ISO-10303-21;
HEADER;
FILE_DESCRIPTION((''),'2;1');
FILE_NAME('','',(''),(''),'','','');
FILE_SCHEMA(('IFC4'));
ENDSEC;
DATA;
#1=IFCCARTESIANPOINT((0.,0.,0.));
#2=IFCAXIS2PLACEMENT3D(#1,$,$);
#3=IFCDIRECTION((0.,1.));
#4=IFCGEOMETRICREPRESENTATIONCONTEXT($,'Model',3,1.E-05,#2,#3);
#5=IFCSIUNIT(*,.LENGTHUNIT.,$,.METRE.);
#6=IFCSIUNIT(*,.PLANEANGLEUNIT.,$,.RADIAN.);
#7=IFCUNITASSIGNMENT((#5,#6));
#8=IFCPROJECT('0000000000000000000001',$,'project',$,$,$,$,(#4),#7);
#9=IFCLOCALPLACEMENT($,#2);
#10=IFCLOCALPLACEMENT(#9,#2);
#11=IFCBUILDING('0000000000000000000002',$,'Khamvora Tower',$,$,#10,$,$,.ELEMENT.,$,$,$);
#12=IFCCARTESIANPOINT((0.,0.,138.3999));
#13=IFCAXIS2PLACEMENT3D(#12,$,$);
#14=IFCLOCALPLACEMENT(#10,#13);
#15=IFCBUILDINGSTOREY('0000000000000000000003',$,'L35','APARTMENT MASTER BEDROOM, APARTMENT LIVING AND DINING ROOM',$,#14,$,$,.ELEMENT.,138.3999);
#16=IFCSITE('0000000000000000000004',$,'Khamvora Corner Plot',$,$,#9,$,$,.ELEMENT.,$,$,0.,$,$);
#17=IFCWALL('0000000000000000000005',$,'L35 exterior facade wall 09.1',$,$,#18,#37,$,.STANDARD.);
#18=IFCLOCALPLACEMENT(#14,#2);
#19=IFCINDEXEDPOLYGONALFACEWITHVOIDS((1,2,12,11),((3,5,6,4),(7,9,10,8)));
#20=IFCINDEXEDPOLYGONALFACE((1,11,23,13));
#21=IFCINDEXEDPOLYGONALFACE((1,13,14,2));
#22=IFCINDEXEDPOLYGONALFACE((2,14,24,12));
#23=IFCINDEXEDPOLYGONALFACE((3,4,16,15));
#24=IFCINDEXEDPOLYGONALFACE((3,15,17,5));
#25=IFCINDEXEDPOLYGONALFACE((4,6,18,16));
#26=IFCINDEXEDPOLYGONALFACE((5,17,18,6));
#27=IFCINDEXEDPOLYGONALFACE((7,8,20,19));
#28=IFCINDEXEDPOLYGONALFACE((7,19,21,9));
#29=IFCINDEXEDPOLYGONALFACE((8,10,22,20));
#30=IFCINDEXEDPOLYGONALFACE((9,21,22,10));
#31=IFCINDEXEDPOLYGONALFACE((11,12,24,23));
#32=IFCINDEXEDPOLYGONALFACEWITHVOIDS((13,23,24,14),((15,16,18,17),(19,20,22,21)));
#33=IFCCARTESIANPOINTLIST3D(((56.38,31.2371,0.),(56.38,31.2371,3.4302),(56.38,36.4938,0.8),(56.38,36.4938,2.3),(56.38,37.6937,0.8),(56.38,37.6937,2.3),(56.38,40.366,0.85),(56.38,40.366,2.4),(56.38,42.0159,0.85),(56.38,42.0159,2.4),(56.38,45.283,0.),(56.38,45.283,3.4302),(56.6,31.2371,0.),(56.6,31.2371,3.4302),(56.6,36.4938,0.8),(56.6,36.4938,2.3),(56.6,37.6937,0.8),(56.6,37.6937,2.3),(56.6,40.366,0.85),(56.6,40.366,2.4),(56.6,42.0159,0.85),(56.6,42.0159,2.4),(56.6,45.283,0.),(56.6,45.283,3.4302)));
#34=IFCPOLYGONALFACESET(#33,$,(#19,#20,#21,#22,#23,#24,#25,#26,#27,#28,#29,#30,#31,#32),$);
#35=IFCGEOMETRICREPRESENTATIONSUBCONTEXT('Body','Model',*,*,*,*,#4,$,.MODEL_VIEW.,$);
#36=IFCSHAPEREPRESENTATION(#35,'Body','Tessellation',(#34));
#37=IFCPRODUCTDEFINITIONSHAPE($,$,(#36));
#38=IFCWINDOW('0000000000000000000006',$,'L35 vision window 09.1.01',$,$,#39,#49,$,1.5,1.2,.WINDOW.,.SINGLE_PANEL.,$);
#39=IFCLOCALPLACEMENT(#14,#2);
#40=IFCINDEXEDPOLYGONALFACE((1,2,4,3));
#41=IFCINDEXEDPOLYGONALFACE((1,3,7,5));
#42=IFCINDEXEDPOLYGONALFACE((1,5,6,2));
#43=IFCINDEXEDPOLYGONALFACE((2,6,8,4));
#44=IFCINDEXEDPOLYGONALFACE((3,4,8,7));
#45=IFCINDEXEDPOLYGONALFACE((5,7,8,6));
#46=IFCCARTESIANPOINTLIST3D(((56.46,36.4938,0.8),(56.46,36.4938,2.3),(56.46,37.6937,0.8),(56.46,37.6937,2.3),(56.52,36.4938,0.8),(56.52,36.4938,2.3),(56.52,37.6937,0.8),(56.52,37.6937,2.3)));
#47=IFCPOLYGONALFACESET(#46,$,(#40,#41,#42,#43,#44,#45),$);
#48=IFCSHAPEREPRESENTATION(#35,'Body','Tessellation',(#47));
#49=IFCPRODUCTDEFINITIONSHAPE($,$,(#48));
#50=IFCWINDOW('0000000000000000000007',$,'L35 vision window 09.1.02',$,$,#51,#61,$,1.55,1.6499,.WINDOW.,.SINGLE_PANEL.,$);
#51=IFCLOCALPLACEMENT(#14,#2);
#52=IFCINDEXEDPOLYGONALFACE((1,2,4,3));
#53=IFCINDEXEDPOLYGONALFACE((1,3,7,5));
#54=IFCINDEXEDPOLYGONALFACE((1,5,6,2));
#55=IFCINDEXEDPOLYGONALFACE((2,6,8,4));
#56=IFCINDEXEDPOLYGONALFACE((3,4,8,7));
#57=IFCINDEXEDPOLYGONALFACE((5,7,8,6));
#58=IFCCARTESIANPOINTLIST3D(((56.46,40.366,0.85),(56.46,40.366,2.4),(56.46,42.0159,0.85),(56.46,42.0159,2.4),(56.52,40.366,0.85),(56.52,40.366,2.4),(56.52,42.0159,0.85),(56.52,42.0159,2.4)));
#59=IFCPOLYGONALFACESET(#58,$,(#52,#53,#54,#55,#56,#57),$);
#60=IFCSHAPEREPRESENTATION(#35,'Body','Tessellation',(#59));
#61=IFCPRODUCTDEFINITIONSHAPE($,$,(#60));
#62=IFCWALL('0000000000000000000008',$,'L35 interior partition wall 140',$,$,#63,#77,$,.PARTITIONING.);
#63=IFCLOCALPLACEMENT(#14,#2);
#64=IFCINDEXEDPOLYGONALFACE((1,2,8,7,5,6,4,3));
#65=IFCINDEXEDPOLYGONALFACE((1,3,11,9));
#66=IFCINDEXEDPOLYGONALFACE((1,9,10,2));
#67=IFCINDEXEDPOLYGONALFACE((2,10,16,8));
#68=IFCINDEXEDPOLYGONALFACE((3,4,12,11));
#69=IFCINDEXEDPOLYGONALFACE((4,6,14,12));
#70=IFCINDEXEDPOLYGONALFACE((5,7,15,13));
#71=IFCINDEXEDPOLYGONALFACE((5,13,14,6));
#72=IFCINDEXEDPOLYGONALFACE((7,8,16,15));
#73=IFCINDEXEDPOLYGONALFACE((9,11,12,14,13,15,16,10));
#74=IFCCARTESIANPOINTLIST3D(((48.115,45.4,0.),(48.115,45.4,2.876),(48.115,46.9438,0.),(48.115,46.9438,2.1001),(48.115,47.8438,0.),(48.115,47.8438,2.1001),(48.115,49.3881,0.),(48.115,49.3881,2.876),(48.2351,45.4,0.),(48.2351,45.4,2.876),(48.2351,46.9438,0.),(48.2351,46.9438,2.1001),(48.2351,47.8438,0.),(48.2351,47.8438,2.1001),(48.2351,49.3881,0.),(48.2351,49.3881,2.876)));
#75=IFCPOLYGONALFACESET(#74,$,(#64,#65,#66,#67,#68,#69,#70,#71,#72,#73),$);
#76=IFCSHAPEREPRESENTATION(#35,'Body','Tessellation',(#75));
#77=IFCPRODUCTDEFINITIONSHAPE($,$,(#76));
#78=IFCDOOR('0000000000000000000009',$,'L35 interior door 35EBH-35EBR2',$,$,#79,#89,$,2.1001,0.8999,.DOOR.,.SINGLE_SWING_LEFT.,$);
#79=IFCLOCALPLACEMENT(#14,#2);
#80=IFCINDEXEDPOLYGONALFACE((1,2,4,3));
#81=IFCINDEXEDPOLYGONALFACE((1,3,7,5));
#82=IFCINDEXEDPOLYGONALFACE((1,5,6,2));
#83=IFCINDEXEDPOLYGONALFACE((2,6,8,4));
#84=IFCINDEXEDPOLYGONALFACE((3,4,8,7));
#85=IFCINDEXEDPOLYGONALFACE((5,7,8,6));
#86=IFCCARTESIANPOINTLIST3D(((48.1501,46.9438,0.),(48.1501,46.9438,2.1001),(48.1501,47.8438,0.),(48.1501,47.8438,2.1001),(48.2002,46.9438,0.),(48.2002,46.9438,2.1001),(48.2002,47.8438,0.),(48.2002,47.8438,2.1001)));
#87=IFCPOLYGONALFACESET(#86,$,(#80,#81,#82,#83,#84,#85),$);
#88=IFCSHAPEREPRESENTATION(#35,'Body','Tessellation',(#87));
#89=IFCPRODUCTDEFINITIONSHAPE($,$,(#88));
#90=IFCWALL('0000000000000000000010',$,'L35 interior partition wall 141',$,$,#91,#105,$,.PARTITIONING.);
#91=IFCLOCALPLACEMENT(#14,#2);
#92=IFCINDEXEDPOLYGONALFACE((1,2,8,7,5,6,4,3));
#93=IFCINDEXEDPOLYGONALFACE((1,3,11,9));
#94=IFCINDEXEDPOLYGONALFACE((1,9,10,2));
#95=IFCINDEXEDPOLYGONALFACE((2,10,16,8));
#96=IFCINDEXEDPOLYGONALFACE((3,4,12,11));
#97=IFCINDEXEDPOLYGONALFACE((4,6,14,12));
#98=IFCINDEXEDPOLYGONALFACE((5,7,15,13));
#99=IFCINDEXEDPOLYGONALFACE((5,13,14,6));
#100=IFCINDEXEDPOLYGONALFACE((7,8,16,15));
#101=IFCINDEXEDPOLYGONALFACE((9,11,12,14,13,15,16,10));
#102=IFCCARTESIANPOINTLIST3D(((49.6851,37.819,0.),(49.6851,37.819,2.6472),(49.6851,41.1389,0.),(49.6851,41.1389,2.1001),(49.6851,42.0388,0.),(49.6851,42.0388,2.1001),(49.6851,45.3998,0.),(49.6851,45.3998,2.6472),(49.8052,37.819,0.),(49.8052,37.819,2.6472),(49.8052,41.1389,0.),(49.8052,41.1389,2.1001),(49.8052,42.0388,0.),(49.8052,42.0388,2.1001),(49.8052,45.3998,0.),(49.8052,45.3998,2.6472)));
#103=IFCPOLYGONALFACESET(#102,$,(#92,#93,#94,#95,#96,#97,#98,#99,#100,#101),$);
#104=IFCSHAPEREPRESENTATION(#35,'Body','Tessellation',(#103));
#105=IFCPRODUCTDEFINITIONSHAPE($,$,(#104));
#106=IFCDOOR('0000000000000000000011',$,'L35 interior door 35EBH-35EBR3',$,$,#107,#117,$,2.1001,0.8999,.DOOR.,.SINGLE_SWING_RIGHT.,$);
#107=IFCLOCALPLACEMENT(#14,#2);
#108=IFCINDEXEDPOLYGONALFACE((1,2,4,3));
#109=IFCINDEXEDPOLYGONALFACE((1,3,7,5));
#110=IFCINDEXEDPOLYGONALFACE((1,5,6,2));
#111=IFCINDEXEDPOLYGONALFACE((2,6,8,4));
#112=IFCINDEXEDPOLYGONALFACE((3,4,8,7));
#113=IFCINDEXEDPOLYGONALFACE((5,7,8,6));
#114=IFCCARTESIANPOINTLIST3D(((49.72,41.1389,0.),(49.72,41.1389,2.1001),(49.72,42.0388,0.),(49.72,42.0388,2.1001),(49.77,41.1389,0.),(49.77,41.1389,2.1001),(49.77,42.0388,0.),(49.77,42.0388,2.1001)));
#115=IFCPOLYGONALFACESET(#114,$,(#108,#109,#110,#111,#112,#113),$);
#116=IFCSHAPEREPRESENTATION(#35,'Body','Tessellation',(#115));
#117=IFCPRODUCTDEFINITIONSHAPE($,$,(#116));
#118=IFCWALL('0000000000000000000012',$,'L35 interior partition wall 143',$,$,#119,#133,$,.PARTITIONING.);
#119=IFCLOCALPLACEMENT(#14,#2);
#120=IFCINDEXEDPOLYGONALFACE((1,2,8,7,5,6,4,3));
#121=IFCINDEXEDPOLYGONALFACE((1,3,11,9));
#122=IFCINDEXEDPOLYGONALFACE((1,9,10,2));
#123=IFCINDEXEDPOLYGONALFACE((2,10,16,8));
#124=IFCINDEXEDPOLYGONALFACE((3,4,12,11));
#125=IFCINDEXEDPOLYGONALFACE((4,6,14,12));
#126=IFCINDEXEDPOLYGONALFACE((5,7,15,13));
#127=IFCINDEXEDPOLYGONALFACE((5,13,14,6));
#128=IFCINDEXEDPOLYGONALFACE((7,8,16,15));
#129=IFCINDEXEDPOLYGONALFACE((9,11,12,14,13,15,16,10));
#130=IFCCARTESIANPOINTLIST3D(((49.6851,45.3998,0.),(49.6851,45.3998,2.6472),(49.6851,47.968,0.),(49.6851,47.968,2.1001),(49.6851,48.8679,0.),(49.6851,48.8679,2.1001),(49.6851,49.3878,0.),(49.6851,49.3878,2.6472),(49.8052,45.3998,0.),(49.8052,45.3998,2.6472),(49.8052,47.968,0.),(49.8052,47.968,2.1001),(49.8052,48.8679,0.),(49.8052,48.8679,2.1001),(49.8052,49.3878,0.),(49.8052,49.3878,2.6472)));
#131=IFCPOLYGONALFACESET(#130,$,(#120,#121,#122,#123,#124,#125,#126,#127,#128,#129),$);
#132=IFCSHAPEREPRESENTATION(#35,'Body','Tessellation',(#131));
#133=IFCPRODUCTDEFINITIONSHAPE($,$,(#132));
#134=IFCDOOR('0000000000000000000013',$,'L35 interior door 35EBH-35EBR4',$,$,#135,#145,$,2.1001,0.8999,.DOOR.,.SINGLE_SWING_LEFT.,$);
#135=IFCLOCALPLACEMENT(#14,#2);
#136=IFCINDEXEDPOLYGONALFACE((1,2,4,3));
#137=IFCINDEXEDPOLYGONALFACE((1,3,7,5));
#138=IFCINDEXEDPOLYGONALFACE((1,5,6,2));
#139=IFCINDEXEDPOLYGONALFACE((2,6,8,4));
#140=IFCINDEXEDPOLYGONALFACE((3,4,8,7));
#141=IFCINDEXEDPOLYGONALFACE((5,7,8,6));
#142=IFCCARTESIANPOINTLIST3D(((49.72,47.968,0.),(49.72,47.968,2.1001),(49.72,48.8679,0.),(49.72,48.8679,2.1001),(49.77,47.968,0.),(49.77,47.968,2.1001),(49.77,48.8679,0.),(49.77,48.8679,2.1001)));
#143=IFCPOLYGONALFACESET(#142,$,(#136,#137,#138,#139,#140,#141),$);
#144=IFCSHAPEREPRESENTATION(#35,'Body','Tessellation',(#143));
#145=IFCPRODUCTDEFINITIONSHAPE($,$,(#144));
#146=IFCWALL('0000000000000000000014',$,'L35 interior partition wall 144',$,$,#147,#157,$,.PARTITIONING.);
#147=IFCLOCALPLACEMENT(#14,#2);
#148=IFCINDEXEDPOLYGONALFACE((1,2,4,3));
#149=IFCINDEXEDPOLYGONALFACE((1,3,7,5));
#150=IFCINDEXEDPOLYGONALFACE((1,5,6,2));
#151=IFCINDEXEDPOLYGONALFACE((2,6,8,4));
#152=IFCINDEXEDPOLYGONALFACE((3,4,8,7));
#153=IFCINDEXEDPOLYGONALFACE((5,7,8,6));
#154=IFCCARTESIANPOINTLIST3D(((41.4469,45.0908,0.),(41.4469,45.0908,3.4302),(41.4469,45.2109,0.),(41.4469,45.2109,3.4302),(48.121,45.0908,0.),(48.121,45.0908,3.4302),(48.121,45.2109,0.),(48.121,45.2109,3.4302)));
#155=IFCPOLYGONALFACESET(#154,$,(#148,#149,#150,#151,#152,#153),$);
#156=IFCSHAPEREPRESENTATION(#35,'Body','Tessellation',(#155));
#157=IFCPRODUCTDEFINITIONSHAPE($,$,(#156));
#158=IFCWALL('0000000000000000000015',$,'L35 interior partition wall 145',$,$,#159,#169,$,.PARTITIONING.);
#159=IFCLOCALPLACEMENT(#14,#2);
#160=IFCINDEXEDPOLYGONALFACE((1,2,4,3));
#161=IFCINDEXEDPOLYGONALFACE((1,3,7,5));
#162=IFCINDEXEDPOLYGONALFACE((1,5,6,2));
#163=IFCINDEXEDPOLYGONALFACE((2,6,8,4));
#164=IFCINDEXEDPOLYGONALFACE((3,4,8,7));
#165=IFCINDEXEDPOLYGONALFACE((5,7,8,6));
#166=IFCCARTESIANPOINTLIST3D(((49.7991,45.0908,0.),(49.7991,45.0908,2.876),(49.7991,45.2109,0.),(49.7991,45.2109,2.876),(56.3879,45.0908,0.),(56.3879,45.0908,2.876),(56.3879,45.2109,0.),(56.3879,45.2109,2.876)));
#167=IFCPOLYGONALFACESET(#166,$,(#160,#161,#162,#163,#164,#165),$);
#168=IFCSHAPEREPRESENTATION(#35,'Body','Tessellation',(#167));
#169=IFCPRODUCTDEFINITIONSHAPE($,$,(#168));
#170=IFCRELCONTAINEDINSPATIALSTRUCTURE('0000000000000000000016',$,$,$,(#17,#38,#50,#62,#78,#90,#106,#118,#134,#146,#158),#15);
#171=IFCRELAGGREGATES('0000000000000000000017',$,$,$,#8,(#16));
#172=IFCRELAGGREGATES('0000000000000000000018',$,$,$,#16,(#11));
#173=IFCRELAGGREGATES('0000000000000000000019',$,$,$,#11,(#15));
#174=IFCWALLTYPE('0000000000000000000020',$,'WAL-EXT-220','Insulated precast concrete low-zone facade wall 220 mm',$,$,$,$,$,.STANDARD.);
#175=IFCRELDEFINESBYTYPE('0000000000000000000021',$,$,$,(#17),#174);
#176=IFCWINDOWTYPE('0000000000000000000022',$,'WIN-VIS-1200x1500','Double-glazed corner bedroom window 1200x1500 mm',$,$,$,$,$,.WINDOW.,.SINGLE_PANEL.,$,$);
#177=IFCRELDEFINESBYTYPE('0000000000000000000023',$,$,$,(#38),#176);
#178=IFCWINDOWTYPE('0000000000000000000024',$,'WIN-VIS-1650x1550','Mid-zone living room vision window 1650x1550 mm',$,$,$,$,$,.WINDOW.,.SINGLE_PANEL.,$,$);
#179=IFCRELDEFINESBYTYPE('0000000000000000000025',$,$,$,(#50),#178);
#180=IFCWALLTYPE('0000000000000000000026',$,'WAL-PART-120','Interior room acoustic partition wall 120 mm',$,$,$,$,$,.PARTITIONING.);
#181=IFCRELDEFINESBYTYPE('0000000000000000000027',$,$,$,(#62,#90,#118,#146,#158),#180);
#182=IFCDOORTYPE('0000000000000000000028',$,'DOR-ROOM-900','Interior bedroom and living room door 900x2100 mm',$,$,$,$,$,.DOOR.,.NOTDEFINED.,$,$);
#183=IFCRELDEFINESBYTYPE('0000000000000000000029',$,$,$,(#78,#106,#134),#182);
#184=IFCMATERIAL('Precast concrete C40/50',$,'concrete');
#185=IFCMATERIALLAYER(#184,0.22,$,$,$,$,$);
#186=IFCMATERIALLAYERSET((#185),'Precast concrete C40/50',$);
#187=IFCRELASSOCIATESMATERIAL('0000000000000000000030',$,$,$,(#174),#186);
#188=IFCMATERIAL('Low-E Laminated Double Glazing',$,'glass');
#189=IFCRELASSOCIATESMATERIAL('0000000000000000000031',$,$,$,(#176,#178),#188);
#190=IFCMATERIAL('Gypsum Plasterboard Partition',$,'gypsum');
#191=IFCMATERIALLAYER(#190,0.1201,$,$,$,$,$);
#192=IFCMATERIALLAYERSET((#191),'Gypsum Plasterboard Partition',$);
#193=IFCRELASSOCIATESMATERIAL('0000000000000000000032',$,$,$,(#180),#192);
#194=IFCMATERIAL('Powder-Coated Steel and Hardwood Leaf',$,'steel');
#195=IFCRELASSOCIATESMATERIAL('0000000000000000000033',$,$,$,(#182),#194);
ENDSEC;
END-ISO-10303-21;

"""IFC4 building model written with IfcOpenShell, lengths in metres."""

from ifc_helpers import new_model, si_unit, direction, frame, frame_2d, origin, place, context, subcontext, project, spatial, rectangle, extrude, material, layer, layer_set, type_object, element, fill, save


model = new_model("IFC4")

# Units and contexts
model_context = context("Model", 3, precision=1e-05, world=origin(), true_north=direction((0.0, 1.0)))
body_context = subcontext(model_context, "Body", "Model", "MODEL_VIEW")
ifc_project = project(units=[si_unit("LENGTHUNIT", "METRE"), si_unit("PLANEANGLEUNIT", "RADIAN")], contexts=[model_context])

# Site, building, storey
site_placement = place(None, origin())
site = spatial("IfcSite", under=ifc_project, at=site_placement, Name="Khamvora Corner Plot", CompositionType="ELEMENT", RefElevation=0.0)
building_placement = place(site_placement, origin())
building = spatial("IfcBuilding", under=site, at=building_placement, Name="Khamvora Tower", CompositionType="ELEMENT")
storey_placement = place(building_placement, frame((0.0, 0.0, 138.3999)))
storey = spatial("IfcBuildingStorey", under=building, at=storey_placement, Name="L35", Description="APARTMENT MASTER BEDROOM, APARTMENT LIVING AND DINING ROOM", CompositionType="ELEMENT", Elevation=138.3999)

# Shared definitions
ifc_material_1 = material(Name="Precast concrete C40/50", Category="concrete")
ifc_layer_1 = layer(ifc_material_1, 0.22)
ifc_layer_set_1 = layer_set([ifc_layer_1], Name="Precast concrete C40/50")
wall_type_1 = type_object("IfcWallType", Name="WAL-EXT-220", Description="Insulated precast concrete low-zone facade wall 220 mm", PredefinedType="STANDARD", material=ifc_layer_set_1)

# Wall, openings, windows
wall_1_placement = place(storey_placement, frame((56.49, 45.283, 0.0), z_axis=(0.0, 0.0, 1.0), x_axis=(0.0, -1.0, 0.0)))
wall_1 = element("IfcWall", 1, at=wall_1_placement, inside=storey, type_object=wall_type_1, Name="L35 exterior facade wall 09.1", PredefinedType="STANDARD", context=body_context, shape_type="SweptSolid", body=[
    extrude(rectangle(XDim=14.0459, YDim=0.22, at=frame_2d((7.0229, 0.0))), origin(), (0.0, 0.0, 1.0), 3.4302),
])
opening_1_placement = place(wall_1_placement, frame((7.5891, 0.0, 0.8)))
opening_1 = element("IfcOpeningElement", 2, at=opening_1_placement, cuts=wall_1, PredefinedType="OPENING", context=body_context, shape_type="SweptSolid", body=[
    extrude(rectangle(XDim=1.2, YDim=1.5, at=frame_2d((0.6001, 0.75))), frame((0.0, 0.1199, 0.0), z_axis=(0.0, -1.0, 0.0), x_axis=(1.0, 0.0, 0.0)), (0.0, 0.0, 1.0), 0.24),
])
opening_2_placement = place(wall_1_placement, frame((3.2671, 0.0, 0.8501)))
opening_2 = element("IfcOpeningElement", 3, at=opening_2_placement, cuts=wall_1, PredefinedType="OPENING", context=body_context, shape_type="SweptSolid", body=[
    extrude(rectangle(XDim=1.6499, YDim=1.55, at=frame_2d((0.825, 0.7749))), frame((0.0, 0.1199, 0.0), z_axis=(0.0, -1.0, 0.0), x_axis=(1.0, 0.0, 0.0)), (0.0, 0.0, 1.0), 0.24),
])
ifc_material_2 = material(Name="Low-E Laminated Double Glazing", Category="glass")
window_type_1 = type_object("IfcWindowType", Name="WIN-VIS-1200x1500", Description="Double-glazed corner bedroom window 1200x1500 mm", PartitioningType="SINGLE_PANEL", PredefinedType="WINDOW", material=ifc_material_2)
window_1_placement = place(opening_1_placement, origin())
window_1 = element("IfcWindow", 4, at=window_1_placement, inside=storey, type_object=window_type_1, Name="L35 vision window 09.1.01", OverallHeight=1.5, OverallWidth=1.2, PartitioningType="SINGLE_PANEL", PredefinedType="WINDOW", context=body_context, shape_type="SweptSolid", body=[
    extrude(rectangle(XDim=1.2, YDim=1.5, at=frame_2d((0.6001, 0.75))), frame((0.0, 0.03, 0.0), z_axis=(0.0, -1.0, 0.0), x_axis=(1.0, 0.0, 0.0)), (0.0, 0.0, 1.0), 0.0601),
])
fill(opening_1, window_1)
window_type_2 = type_object("IfcWindowType", Name="WIN-VIS-1650x1550", Description="Mid-zone living room vision window 1650x1550 mm", PartitioningType="SINGLE_PANEL", PredefinedType="WINDOW", material=ifc_material_2)
window_2_placement = place(opening_2_placement, origin())
window_2 = element("IfcWindow", 5, at=window_2_placement, inside=storey, type_object=window_type_2, Name="L35 vision window 09.1.02", OverallHeight=1.55, OverallWidth=1.6499, PartitioningType="SINGLE_PANEL", PredefinedType="WINDOW", context=body_context, shape_type="SweptSolid", body=[
    extrude(rectangle(XDim=1.6499, YDim=1.55, at=frame_2d((0.825, 0.7749))), frame((0.0, 0.03, 0.0), z_axis=(0.0, -1.0, 0.0), x_axis=(1.0, 0.0, 0.0)), (0.0, 0.0, 1.0), 0.0601),
])
fill(opening_2, window_2)

# Walls, openings, doors
ifc_material_3 = material(Name="Gypsum Plasterboard Partition", Category="gypsum")
ifc_layer_2 = layer(ifc_material_3, 0.1201)
ifc_layer_set_2 = layer_set([ifc_layer_2], Name="Gypsum Plasterboard Partition")
wall_type_2 = type_object("IfcWallType", Name="WAL-PART-120", Description="Interior room acoustic partition wall 120 mm", PredefinedType="PARTITIONING", material=ifc_layer_set_2)
wall_2_placement = place(storey_placement, frame((48.175, 45.3999, 0.0), z_axis=(0.0, 0.0, 1.0), x_axis=(0.0, 1.0, 0.0)))
wall_2 = element("IfcWall", 6, at=wall_2_placement, inside=storey, type_object=wall_type_2, Name="L35 interior partition wall 140", PredefinedType="PARTITIONING", context=body_context, shape_type="SweptSolid", body=[
    extrude(rectangle(XDim=3.988, YDim=0.1201, at=frame_2d((1.9941, 0.0))), origin(), (0.0, 0.0, 1.0), 2.876),
])
opening_3_placement = place(wall_2_placement, frame((1.5439, 0.0, 0.0)))
opening_3 = element("IfcOpeningElement", 7, at=opening_3_placement, cuts=wall_2, PredefinedType="OPENING", context=body_context, shape_type="SweptSolid", body=[
    extrude(rectangle(XDim=0.8999, YDim=2.1001, at=frame_2d((0.45, 1.05))), frame((0.0, 0.0701, 0.0), z_axis=(0.0, -1.0, 0.0), x_axis=(1.0, 0.0, 0.0)), (0.0, 0.0, 1.0), 0.1401),
])
ifc_material_4 = material(Name="Powder-Coated Steel and Hardwood Leaf", Category="steel")
door_type_1 = type_object("IfcDoorType", Name="DOR-ROOM-900", Description="Interior bedroom and living room door 900x2100 mm", OperationType="NOTDEFINED", PredefinedType="DOOR", material=ifc_material_4)
door_1_placement = place(opening_3_placement, origin())
door_1 = element("IfcDoor", 8, at=door_1_placement, inside=storey, type_object=door_type_1, Name="L35 interior door 35EBH-35EBR2", OperationType="SINGLE_SWING_LEFT", OverallHeight=2.1001, OverallWidth=0.8999, PredefinedType="DOOR", context=body_context, shape_type="SweptSolid", body=[
    extrude(rectangle(XDim=0.8999, YDim=2.1001, at=frame_2d((0.45, 1.05))), frame((0.0, 0.0249, 0.0), z_axis=(0.0, -1.0, 0.0), x_axis=(1.0, 0.0, 0.0)), (0.0, 0.0, 1.0), 0.05),
])
fill(opening_3, door_1)
wall_3_placement = place(storey_placement, frame((49.7451, 45.3999, 0.0), z_axis=(0.0, 0.0, 1.0), x_axis=(0.0, -1.0, 0.0)))
wall_3 = element("IfcWall", 9, at=wall_3_placement, inside=storey, type_object=wall_type_2, Name="L35 interior partition wall 141", PredefinedType="PARTITIONING", context=body_context, shape_type="SweptSolid", body=[
    extrude(rectangle(XDim=7.5808, YDim=0.1201, at=frame_2d((3.7905, 0.0))), origin(), (0.0, 0.0, 1.0), 2.6472),
])
opening_4_placement = place(wall_3_placement, frame((3.3611, 0.0, 0.0)))
opening_4 = element("IfcOpeningElement", 10, at=opening_4_placement, cuts=wall_3, PredefinedType="OPENING", context=body_context, shape_type="SweptSolid", body=[
    extrude(rectangle(XDim=0.8999, YDim=2.1001, at=frame_2d((0.45, 1.05))), frame((0.0, 0.0701, 0.0), z_axis=(0.0, -1.0, 0.0), x_axis=(1.0, 0.0, 0.0)), (0.0, 0.0, 1.0), 0.1401),
])
door_2_placement = place(opening_4_placement, origin())
door_2 = element("IfcDoor", 11, at=door_2_placement, inside=storey, type_object=door_type_1, Name="L35 interior door 35EBH-35EBR3", OperationType="SINGLE_SWING_RIGHT", OverallHeight=2.1001, OverallWidth=0.8999, PredefinedType="DOOR", context=body_context, shape_type="SweptSolid", body=[
    extrude(rectangle(XDim=0.8999, YDim=2.1001, at=frame_2d((0.45, 1.05))), frame((0.0, 0.0249, 0.0), z_axis=(0.0, -1.0, 0.0), x_axis=(1.0, 0.0, 0.0)), (0.0, 0.0, 1.0), 0.05),
])
fill(opening_4, door_2)
wall_4_placement = place(storey_placement, frame((49.7451, 49.3879, 0.0), z_axis=(0.0, 0.0, 1.0), x_axis=(0.0, -1.0, 0.0)))
wall_4 = element("IfcWall", 12, at=wall_4_placement, inside=storey, type_object=wall_type_2, Name="L35 interior partition wall 143", PredefinedType="PARTITIONING", context=body_context, shape_type="SweptSolid", body=[
    extrude(rectangle(XDim=3.988, YDim=0.1201, at=frame_2d((1.9941, 0.0))), origin(), (0.0, 0.0, 1.0), 2.6472),
])
opening_5_placement = place(wall_4_placement, frame((0.52, 0.0, 0.0)))
opening_5 = element("IfcOpeningElement", 13, at=opening_5_placement, cuts=wall_4, PredefinedType="OPENING", context=body_context, shape_type="SweptSolid", body=[
    extrude(rectangle(XDim=0.8999, YDim=2.1001, at=frame_2d((0.45, 1.05))), frame((0.0, 0.0701, 0.0), z_axis=(0.0, -1.0, 0.0), x_axis=(1.0, 0.0, 0.0)), (0.0, 0.0, 1.0), 0.1401),
])
door_3_placement = place(opening_5_placement, origin())
door_3 = element("IfcDoor", 14, at=door_3_placement, inside=storey, type_object=door_type_1, Name="L35 interior door 35EBH-35EBR4", OperationType="SINGLE_SWING_LEFT", OverallHeight=2.1001, OverallWidth=0.8999, PredefinedType="DOOR", context=body_context, shape_type="SweptSolid", body=[
    extrude(rectangle(XDim=0.8999, YDim=2.1001, at=frame_2d((0.45, 1.05))), frame((0.0, 0.0249, 0.0), z_axis=(0.0, -1.0, 0.0), x_axis=(1.0, 0.0, 0.0)), (0.0, 0.0, 1.0), 0.05),
])
fill(opening_5, door_3)

# Walls
wall_5_placement = place(storey_placement, frame((41.447, 45.1509, 0.0), z_axis=(0.0, 0.0, 1.0), x_axis=(1.0, 0.0, 0.0)))
element("IfcWall", 15, at=wall_5_placement, inside=storey, type_object=wall_type_2, Name="L35 interior partition wall 144", PredefinedType="PARTITIONING", context=body_context, shape_type="SweptSolid", body=[
    extrude(rectangle(XDim=6.6741, YDim=0.1201, at=frame_2d((3.3369, 0.0))), origin(), (0.0, 0.0, 1.0), 3.4302),
])
wall_6_placement = place(storey_placement, frame((49.7991, 45.1509, 0.0), z_axis=(0.0, 0.0, 1.0), x_axis=(1.0, 0.0, 0.0)))
element("IfcWall", 16, at=wall_6_placement, inside=storey, type_object=wall_type_2, Name="L35 interior partition wall 145", PredefinedType="PARTITIONING", context=body_context, shape_type="SweptSolid", body=[
    extrude(rectangle(XDim=6.5889, YDim=0.1201, at=frame_2d((3.2944, 0.0))), origin(), (0.0, 0.0, 1.0), 2.876),
])

save(model, "model.ifc")
